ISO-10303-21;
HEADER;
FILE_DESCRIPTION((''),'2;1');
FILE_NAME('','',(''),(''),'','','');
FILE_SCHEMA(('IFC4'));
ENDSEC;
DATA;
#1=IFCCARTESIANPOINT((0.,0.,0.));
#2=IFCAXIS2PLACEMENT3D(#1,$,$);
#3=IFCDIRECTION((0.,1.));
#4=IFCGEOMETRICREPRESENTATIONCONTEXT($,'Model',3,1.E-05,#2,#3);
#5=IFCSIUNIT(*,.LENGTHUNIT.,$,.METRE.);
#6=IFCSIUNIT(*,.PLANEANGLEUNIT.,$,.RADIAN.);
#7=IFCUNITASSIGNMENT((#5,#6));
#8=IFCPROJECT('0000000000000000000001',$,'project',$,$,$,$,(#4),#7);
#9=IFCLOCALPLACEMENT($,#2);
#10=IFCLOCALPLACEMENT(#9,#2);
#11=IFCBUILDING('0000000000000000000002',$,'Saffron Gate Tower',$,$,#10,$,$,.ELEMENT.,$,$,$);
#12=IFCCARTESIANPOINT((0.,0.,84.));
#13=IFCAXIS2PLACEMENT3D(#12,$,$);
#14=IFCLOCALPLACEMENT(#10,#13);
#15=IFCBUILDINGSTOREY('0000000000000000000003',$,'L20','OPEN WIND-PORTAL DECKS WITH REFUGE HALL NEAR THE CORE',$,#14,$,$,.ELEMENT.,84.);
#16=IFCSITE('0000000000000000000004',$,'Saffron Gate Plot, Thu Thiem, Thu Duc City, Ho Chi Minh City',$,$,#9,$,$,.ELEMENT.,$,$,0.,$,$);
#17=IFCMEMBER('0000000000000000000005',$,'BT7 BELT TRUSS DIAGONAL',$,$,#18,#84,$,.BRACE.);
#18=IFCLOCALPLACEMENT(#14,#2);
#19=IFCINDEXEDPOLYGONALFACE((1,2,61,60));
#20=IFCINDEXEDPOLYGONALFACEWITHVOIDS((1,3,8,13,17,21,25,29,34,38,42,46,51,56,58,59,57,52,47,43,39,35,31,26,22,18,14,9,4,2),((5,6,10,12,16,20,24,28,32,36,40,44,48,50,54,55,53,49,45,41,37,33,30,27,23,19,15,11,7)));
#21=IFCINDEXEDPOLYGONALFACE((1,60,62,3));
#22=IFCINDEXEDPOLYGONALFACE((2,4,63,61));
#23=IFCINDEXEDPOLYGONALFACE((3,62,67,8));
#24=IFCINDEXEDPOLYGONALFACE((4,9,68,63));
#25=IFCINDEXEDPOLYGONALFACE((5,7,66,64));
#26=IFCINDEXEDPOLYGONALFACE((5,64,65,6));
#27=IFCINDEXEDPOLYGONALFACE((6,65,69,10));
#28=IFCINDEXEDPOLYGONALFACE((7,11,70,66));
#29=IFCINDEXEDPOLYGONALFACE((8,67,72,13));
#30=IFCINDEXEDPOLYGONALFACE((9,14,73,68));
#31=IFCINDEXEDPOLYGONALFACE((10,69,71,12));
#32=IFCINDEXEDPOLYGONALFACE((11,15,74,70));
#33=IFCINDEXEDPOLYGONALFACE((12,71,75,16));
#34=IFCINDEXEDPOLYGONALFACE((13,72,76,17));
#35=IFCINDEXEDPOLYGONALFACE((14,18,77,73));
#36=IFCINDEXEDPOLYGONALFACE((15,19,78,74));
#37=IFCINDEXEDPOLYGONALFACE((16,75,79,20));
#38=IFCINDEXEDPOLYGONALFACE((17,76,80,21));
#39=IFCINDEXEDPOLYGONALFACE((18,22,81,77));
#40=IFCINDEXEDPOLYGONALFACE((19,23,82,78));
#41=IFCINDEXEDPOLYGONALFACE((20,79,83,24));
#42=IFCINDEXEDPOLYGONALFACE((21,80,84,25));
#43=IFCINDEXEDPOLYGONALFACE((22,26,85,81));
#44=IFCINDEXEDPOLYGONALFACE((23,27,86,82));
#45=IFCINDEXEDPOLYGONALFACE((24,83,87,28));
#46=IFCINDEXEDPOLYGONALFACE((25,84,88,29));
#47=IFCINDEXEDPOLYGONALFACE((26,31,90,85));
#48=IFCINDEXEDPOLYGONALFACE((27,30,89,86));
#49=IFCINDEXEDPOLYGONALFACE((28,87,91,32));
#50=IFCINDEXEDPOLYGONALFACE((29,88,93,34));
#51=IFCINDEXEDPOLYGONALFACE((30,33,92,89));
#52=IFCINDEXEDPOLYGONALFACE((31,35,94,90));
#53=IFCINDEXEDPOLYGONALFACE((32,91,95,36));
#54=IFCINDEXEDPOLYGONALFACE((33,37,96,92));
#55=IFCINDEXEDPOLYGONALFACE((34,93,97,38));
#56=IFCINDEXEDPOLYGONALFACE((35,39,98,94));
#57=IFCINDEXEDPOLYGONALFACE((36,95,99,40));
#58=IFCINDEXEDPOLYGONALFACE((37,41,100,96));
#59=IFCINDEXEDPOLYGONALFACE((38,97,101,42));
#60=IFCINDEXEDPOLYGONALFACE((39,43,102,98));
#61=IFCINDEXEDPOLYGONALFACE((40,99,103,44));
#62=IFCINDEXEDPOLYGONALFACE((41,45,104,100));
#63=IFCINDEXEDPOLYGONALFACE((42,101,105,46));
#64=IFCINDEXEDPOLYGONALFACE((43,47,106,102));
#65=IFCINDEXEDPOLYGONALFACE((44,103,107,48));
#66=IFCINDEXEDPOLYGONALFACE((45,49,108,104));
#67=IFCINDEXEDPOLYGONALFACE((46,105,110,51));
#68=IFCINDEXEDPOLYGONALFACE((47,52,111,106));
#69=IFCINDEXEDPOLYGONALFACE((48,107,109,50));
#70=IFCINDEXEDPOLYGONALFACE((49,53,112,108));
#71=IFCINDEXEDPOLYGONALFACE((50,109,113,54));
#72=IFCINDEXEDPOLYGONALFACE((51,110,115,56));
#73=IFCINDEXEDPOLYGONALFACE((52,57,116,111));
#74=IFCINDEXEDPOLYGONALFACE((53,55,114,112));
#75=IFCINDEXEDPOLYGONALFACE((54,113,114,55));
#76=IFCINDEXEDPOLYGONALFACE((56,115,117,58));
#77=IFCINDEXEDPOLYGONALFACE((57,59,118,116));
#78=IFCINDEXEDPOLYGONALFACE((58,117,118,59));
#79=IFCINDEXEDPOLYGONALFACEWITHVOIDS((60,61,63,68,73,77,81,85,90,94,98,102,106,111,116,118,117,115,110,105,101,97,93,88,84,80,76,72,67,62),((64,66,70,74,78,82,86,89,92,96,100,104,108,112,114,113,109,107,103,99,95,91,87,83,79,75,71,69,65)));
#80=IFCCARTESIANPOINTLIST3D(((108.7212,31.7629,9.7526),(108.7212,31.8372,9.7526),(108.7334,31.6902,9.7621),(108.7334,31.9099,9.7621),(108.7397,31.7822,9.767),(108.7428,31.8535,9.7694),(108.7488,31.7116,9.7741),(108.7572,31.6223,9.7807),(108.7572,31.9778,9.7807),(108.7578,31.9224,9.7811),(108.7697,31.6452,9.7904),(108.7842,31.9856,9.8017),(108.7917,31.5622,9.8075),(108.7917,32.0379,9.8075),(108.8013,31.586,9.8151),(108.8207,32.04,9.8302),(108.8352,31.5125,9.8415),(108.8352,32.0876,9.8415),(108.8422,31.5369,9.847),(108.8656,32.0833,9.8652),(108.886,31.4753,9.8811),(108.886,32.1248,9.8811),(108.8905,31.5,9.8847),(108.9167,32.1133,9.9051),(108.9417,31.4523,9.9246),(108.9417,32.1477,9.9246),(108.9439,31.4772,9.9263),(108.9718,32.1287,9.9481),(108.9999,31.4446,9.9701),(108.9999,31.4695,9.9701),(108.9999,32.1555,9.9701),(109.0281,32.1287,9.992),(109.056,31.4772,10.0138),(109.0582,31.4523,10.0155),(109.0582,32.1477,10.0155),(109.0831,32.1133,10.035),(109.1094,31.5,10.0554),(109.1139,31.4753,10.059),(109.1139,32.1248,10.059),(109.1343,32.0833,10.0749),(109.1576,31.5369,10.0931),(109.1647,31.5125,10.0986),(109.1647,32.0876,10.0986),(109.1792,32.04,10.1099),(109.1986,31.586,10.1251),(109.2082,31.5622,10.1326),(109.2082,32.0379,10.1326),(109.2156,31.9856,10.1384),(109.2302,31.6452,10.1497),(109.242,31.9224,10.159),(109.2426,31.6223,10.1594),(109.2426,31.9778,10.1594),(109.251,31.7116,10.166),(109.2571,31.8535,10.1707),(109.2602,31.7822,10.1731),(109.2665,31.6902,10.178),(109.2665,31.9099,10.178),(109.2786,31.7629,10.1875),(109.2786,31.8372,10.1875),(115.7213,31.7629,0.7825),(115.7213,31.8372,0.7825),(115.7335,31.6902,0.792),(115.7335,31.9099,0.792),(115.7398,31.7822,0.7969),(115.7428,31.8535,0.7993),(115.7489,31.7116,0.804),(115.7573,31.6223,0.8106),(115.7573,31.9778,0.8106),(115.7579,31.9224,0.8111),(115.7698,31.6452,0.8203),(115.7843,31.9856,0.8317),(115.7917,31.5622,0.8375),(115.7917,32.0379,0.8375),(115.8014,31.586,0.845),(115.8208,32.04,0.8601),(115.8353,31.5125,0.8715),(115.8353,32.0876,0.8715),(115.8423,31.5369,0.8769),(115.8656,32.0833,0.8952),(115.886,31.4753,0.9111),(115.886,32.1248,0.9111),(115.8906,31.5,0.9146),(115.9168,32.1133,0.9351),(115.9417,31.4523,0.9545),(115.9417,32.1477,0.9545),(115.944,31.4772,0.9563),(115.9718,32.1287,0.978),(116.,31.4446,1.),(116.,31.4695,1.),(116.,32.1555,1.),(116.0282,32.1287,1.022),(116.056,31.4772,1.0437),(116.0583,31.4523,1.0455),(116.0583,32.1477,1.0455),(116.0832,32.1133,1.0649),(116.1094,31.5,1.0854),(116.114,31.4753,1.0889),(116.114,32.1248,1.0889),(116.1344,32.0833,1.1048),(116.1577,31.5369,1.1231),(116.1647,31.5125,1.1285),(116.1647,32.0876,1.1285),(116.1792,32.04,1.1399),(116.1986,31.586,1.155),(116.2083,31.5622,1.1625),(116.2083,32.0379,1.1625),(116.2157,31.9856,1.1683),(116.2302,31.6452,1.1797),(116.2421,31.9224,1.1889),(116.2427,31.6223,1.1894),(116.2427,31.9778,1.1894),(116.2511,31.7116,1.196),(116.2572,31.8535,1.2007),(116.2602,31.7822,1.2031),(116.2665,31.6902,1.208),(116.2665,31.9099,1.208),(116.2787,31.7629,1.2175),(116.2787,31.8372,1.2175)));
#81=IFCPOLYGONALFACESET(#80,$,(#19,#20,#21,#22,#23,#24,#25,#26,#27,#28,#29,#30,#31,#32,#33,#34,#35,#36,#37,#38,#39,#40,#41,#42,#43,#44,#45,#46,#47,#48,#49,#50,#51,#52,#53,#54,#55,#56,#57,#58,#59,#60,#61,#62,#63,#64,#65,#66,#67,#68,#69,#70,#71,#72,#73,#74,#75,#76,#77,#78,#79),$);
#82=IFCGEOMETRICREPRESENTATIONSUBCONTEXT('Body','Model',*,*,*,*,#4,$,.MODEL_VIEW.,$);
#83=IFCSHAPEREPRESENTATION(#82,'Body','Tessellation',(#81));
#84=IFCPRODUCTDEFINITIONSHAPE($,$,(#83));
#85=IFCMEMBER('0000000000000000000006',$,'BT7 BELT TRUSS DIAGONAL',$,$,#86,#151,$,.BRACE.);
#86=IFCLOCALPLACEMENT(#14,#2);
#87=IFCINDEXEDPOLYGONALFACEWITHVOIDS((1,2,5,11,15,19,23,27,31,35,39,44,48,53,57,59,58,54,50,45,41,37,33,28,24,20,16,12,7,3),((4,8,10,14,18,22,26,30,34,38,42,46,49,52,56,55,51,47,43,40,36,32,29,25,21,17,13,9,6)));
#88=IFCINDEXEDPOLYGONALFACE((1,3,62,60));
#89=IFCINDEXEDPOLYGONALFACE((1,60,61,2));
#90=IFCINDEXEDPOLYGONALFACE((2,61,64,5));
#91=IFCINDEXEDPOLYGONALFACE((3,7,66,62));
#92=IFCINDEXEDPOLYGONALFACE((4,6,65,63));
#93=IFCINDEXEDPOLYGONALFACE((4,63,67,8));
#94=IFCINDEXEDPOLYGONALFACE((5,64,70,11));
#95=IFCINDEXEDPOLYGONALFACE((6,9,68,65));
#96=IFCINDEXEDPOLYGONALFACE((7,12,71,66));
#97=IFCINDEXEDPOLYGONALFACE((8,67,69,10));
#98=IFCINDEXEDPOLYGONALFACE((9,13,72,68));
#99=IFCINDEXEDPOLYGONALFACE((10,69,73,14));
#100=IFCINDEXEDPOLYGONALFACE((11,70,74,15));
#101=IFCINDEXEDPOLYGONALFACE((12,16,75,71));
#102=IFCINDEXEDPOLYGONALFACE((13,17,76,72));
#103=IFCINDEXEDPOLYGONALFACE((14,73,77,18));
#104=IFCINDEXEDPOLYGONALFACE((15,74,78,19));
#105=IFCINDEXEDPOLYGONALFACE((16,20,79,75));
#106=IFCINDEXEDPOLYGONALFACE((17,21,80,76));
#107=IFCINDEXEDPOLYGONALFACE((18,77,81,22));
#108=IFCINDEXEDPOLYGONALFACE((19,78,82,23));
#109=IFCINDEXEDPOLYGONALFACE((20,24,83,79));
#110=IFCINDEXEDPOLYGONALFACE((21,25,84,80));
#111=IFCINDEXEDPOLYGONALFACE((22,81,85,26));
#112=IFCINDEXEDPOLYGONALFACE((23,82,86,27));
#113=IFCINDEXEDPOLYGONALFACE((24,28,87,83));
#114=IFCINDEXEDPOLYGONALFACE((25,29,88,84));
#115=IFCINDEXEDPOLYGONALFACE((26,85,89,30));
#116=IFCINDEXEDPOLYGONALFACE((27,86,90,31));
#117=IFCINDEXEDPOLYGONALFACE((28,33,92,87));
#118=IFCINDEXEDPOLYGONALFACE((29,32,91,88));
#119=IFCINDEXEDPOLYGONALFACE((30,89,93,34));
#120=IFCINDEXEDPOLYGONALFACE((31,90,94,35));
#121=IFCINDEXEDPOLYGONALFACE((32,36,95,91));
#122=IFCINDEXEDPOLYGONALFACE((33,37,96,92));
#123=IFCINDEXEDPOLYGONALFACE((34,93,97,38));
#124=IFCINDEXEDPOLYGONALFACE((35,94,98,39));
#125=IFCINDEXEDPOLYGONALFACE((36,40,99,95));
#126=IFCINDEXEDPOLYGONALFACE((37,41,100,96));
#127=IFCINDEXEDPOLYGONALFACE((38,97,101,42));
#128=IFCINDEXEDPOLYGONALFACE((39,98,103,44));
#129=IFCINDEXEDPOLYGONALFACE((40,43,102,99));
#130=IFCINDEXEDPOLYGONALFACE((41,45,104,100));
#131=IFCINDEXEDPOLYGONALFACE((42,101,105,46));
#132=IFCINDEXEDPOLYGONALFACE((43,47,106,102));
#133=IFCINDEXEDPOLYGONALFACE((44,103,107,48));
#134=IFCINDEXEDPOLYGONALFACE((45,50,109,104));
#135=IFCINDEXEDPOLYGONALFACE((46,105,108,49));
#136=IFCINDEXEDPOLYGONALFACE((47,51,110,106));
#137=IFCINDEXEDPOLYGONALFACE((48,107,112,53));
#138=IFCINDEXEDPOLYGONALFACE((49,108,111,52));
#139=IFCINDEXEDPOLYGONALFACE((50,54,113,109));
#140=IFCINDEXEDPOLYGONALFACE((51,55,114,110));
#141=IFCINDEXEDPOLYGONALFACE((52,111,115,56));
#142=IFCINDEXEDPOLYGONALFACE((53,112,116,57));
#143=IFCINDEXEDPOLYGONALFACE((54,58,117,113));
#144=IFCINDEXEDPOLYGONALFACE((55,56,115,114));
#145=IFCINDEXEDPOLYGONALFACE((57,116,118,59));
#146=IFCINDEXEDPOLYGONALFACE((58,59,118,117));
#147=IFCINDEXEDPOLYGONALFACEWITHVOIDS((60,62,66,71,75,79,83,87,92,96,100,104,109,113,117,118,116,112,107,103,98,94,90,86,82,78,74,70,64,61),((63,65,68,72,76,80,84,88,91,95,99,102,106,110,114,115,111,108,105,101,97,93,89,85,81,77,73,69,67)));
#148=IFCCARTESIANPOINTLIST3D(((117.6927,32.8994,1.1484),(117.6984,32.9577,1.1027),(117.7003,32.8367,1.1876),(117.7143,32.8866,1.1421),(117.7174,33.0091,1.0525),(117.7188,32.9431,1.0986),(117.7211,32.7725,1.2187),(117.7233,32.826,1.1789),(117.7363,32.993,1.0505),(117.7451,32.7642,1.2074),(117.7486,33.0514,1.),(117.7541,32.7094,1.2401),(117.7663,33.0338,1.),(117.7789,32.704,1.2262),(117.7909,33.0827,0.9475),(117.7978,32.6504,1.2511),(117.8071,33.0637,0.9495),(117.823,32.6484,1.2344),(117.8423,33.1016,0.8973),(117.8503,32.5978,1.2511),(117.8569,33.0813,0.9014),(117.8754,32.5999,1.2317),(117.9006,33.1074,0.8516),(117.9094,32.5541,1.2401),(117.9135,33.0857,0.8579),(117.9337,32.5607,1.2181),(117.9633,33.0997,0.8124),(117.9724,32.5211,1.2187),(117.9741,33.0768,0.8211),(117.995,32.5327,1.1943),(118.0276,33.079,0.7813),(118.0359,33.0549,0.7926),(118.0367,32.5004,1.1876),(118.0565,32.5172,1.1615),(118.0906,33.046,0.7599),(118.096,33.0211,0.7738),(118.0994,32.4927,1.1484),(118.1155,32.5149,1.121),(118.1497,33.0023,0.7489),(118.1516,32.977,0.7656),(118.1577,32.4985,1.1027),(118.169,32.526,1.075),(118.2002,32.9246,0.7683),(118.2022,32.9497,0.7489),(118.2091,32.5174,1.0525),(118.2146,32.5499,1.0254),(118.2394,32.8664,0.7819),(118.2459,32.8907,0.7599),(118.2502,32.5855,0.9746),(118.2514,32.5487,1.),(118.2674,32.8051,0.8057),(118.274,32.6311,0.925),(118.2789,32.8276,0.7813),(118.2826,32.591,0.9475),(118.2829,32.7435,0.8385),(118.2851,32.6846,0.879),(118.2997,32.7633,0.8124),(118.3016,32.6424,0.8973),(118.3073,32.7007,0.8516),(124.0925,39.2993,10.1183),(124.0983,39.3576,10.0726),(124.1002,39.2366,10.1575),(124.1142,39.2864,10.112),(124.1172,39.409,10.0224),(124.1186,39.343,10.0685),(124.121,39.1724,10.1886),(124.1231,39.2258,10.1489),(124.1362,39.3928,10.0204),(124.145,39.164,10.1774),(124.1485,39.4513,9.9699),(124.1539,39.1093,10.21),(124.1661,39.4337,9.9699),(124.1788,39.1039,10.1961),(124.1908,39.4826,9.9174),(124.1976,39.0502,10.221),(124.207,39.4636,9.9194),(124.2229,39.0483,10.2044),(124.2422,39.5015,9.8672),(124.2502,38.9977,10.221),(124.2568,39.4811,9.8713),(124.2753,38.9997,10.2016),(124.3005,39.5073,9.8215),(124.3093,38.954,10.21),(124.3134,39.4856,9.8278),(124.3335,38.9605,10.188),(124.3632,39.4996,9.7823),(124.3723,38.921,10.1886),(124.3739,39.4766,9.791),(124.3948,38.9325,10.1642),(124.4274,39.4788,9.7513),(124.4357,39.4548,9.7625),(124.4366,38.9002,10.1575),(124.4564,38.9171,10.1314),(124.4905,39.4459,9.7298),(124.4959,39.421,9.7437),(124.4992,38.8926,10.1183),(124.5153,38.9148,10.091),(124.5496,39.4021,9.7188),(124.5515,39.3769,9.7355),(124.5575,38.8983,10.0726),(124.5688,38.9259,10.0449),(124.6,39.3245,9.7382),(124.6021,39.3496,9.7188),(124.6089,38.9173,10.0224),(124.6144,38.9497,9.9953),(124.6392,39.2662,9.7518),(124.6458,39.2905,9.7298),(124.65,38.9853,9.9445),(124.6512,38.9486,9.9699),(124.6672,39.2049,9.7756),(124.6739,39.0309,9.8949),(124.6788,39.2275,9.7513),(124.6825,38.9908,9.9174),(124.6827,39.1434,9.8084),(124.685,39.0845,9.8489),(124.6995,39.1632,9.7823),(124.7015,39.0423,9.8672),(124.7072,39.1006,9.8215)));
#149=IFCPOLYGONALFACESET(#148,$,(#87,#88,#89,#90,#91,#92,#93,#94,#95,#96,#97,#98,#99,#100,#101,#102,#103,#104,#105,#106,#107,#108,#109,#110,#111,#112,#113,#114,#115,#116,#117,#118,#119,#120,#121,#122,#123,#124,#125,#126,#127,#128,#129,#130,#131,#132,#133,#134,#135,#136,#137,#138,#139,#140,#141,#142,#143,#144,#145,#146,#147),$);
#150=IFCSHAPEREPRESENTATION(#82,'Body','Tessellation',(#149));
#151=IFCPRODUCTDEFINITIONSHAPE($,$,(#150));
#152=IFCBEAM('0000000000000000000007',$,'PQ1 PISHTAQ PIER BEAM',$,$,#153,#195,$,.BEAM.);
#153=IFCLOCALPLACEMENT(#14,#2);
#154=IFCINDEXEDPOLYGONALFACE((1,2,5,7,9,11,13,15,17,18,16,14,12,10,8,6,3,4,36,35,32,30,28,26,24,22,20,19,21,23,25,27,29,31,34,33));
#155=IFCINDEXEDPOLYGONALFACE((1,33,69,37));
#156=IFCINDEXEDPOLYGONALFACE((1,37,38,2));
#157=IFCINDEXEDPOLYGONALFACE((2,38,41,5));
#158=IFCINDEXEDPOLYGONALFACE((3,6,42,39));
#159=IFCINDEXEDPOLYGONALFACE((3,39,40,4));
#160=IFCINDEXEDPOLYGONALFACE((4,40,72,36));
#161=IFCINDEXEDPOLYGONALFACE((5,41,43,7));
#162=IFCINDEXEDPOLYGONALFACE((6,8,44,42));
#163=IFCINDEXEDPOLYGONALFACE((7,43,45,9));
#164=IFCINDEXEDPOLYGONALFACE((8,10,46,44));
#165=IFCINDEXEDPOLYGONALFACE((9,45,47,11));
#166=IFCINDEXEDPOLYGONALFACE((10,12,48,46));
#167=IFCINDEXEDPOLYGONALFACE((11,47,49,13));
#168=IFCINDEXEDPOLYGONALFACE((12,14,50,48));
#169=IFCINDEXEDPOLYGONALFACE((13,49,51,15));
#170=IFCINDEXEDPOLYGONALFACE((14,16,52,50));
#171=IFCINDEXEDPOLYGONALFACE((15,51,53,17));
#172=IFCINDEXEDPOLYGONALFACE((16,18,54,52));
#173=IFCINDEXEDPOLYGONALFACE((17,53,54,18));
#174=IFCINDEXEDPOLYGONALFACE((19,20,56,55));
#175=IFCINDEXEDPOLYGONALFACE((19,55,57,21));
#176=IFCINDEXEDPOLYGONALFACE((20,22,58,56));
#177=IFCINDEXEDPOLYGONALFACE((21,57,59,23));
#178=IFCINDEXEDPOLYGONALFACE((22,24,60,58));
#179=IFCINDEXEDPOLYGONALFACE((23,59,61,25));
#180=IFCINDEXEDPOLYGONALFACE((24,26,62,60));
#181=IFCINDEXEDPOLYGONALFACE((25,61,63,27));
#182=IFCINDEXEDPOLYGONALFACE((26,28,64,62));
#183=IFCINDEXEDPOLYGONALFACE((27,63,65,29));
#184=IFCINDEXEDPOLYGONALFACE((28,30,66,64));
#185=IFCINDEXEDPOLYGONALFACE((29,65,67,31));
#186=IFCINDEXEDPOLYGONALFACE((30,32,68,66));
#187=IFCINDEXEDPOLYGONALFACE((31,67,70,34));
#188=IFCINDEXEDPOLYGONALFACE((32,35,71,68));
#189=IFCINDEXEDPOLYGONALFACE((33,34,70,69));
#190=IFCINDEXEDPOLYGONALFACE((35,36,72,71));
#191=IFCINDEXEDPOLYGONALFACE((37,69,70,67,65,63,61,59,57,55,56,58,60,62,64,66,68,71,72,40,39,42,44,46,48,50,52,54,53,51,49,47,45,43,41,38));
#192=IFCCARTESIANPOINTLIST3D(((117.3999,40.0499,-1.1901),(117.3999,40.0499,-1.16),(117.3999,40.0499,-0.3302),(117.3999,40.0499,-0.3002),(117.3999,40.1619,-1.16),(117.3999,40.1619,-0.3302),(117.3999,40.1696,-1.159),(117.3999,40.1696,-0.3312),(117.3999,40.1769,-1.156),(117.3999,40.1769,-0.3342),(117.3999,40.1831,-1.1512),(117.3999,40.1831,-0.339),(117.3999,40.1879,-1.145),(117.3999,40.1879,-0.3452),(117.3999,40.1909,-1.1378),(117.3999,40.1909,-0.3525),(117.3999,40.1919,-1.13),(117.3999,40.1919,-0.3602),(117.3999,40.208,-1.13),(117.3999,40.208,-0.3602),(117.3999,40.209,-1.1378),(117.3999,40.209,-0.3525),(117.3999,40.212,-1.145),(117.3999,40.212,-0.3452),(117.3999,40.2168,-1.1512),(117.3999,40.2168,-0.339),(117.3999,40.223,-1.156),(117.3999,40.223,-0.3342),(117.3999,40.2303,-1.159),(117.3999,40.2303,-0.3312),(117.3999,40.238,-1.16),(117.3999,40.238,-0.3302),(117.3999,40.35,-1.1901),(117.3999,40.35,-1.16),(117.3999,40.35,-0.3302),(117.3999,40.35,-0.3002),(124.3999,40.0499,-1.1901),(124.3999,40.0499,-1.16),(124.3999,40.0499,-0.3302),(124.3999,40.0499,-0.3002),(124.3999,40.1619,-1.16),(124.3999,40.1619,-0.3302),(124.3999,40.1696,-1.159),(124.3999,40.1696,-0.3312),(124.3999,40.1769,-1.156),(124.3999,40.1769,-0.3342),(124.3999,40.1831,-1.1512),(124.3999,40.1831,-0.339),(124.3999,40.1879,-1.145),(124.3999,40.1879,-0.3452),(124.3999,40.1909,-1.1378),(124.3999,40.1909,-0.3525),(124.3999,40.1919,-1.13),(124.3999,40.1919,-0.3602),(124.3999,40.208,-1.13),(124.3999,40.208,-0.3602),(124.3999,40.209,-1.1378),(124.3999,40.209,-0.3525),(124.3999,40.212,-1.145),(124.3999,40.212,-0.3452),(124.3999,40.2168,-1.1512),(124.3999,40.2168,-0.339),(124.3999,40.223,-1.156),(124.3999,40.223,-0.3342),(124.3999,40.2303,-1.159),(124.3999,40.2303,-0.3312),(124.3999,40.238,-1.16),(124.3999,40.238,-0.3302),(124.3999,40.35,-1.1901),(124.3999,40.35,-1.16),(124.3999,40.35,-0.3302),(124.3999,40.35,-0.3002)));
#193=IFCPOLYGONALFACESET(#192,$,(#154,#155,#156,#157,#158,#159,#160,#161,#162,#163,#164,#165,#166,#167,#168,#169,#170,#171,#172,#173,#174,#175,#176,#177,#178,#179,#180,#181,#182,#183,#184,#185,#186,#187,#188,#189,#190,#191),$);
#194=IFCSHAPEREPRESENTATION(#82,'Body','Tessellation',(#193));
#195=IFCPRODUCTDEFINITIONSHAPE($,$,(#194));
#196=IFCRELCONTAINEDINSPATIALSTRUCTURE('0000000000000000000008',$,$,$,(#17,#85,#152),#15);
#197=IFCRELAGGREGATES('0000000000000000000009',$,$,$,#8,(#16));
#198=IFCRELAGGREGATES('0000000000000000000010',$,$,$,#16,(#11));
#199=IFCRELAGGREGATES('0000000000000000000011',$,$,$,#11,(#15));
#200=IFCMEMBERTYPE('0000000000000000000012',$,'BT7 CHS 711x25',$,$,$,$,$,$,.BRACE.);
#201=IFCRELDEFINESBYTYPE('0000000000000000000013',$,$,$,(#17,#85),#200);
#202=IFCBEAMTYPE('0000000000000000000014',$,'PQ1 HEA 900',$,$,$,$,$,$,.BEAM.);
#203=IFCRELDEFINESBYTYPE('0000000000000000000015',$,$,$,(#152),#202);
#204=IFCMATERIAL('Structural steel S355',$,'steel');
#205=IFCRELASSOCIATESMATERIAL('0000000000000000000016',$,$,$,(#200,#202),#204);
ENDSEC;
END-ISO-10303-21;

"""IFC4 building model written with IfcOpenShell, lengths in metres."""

from ifc_helpers import new_model, si_unit, direction, frame, origin, origin_2d, place, context, subcontext, project, spatial, hollow_circle, i_section, extrude, material, material_profile, profile_set, type_object, element, save


model = new_model("IFC4")

# Units and contexts
model_context = context("Model", 3, precision=1e-05, world=origin(), true_north=direction((0.0, 1.0)))
body_context = subcontext(model_context, "Body", "Model", "MODEL_VIEW")
ifc_project = project(units=[si_unit("LENGTHUNIT", "METRE"), si_unit("PLANEANGLEUNIT", "RADIAN")], contexts=[model_context])

# Site, building, storey
site_placement = place(None, origin())
site = spatial("IfcSite", under=ifc_project, at=site_placement, Name="Saffron Gate Plot, Thu Thiem, Thu Duc City, Ho Chi Minh City", CompositionType="ELEMENT", RefElevation=0.0)
building_placement = place(site_placement, origin())
building = spatial("IfcBuilding", under=site, at=building_placement, Name="Saffron Gate Tower", CompositionType="ELEMENT")
storey_placement = place(building_placement, frame((0.0, 0.0, 84.0)))
storey = spatial("IfcBuildingStorey", under=building, at=storey_placement, Name="L20", Description="OPEN WIND-PORTAL DECKS WITH REFUGE HALL NEAR THE CORE", CompositionType="ELEMENT", Elevation=84.0)

# Shared definitions
ifc_material_1 = material(Name="Structural steel S355", Category="steel")

# Members
ifc_material_profile_1 = material_profile(ifc_material_1, hollow_circle(Radius=0.3555, WallThickness=0.0249, at=origin_2d()))
ifc_profile_set_1 = profile_set([ifc_material_profile_1], Name="Structural steel S355")
member_type_1 = type_object("IfcMemberType", Name="BT7 CHS 711x25", PredefinedType="BRACE", material=ifc_profile_set_1)
member_1_placement = place(storey_placement, frame((116.0, 31.8, 1.0), z_axis=(-0.615219, 0.0, 0.788356), x_axis=(0.0, -1.0, 0.0)))
element("IfcMember", 1, at=member_1_placement, inside=storey, type_object=member_type_1, Name="BT7 BELT TRUSS DIAGONAL", PredefinedType="BRACE", context=body_context, shape_type="SweptSolid", body=[
    extrude(hollow_circle(Radius=0.3555, WallThickness=0.0249, at=origin_2d()), origin(), (0.0, 0.0, 1.0), 11.3782),
])
member_2_placement = place(storey_placement, frame((118.0, 32.8, 1.0), z_axis=(0.502238, 0.502238, 0.703927), x_axis=(-0.707107, 0.707107, 0.0)))
element("IfcMember", 2, at=member_2_placement, inside=storey, type_object=member_type_1, Name="BT7 BELT TRUSS DIAGONAL", PredefinedType="BRACE", context=body_context, shape_type="SweptSolid", body=[
    extrude(hollow_circle(Radius=0.3555, WallThickness=0.0249, at=origin_2d()), origin(), (0.0, 0.0, 1.0), 12.7427),
])

# Beam
ifc_material_profile_2 = material_profile(ifc_material_1, i_section(OverallWidth=0.3, OverallDepth=0.8899, WebThickness=0.0161, FlangeThickness=0.03, FilletRadius=0.03, at=origin_2d()))
ifc_profile_set_2 = profile_set([ifc_material_profile_2], Name="Structural steel S355")
beam_type_1 = type_object("IfcBeamType", Name="PQ1 HEA 900", PredefinedType="BEAM", material=ifc_profile_set_2)
beam_1_placement = place(storey_placement, frame((124.3999, 40.2, -0.7451), z_axis=(-1.0, 0.0, 0.0), x_axis=(0.0, -1.0, 0.0)))
element("IfcBeam", 3, at=beam_1_placement, inside=storey, type_object=beam_type_1, Name="PQ1 PISHTAQ PIER BEAM", PredefinedType="BEAM", context=body_context, shape_type="SweptSolid", body=[
    extrude(i_section(OverallWidth=0.3, OverallDepth=0.8899, WebThickness=0.0161, FlangeThickness=0.03, FilletRadius=0.03, at=origin_2d()), origin(), (0.0, 0.0, 1.0), 7.0),
])

save(model, "model.ifc")
